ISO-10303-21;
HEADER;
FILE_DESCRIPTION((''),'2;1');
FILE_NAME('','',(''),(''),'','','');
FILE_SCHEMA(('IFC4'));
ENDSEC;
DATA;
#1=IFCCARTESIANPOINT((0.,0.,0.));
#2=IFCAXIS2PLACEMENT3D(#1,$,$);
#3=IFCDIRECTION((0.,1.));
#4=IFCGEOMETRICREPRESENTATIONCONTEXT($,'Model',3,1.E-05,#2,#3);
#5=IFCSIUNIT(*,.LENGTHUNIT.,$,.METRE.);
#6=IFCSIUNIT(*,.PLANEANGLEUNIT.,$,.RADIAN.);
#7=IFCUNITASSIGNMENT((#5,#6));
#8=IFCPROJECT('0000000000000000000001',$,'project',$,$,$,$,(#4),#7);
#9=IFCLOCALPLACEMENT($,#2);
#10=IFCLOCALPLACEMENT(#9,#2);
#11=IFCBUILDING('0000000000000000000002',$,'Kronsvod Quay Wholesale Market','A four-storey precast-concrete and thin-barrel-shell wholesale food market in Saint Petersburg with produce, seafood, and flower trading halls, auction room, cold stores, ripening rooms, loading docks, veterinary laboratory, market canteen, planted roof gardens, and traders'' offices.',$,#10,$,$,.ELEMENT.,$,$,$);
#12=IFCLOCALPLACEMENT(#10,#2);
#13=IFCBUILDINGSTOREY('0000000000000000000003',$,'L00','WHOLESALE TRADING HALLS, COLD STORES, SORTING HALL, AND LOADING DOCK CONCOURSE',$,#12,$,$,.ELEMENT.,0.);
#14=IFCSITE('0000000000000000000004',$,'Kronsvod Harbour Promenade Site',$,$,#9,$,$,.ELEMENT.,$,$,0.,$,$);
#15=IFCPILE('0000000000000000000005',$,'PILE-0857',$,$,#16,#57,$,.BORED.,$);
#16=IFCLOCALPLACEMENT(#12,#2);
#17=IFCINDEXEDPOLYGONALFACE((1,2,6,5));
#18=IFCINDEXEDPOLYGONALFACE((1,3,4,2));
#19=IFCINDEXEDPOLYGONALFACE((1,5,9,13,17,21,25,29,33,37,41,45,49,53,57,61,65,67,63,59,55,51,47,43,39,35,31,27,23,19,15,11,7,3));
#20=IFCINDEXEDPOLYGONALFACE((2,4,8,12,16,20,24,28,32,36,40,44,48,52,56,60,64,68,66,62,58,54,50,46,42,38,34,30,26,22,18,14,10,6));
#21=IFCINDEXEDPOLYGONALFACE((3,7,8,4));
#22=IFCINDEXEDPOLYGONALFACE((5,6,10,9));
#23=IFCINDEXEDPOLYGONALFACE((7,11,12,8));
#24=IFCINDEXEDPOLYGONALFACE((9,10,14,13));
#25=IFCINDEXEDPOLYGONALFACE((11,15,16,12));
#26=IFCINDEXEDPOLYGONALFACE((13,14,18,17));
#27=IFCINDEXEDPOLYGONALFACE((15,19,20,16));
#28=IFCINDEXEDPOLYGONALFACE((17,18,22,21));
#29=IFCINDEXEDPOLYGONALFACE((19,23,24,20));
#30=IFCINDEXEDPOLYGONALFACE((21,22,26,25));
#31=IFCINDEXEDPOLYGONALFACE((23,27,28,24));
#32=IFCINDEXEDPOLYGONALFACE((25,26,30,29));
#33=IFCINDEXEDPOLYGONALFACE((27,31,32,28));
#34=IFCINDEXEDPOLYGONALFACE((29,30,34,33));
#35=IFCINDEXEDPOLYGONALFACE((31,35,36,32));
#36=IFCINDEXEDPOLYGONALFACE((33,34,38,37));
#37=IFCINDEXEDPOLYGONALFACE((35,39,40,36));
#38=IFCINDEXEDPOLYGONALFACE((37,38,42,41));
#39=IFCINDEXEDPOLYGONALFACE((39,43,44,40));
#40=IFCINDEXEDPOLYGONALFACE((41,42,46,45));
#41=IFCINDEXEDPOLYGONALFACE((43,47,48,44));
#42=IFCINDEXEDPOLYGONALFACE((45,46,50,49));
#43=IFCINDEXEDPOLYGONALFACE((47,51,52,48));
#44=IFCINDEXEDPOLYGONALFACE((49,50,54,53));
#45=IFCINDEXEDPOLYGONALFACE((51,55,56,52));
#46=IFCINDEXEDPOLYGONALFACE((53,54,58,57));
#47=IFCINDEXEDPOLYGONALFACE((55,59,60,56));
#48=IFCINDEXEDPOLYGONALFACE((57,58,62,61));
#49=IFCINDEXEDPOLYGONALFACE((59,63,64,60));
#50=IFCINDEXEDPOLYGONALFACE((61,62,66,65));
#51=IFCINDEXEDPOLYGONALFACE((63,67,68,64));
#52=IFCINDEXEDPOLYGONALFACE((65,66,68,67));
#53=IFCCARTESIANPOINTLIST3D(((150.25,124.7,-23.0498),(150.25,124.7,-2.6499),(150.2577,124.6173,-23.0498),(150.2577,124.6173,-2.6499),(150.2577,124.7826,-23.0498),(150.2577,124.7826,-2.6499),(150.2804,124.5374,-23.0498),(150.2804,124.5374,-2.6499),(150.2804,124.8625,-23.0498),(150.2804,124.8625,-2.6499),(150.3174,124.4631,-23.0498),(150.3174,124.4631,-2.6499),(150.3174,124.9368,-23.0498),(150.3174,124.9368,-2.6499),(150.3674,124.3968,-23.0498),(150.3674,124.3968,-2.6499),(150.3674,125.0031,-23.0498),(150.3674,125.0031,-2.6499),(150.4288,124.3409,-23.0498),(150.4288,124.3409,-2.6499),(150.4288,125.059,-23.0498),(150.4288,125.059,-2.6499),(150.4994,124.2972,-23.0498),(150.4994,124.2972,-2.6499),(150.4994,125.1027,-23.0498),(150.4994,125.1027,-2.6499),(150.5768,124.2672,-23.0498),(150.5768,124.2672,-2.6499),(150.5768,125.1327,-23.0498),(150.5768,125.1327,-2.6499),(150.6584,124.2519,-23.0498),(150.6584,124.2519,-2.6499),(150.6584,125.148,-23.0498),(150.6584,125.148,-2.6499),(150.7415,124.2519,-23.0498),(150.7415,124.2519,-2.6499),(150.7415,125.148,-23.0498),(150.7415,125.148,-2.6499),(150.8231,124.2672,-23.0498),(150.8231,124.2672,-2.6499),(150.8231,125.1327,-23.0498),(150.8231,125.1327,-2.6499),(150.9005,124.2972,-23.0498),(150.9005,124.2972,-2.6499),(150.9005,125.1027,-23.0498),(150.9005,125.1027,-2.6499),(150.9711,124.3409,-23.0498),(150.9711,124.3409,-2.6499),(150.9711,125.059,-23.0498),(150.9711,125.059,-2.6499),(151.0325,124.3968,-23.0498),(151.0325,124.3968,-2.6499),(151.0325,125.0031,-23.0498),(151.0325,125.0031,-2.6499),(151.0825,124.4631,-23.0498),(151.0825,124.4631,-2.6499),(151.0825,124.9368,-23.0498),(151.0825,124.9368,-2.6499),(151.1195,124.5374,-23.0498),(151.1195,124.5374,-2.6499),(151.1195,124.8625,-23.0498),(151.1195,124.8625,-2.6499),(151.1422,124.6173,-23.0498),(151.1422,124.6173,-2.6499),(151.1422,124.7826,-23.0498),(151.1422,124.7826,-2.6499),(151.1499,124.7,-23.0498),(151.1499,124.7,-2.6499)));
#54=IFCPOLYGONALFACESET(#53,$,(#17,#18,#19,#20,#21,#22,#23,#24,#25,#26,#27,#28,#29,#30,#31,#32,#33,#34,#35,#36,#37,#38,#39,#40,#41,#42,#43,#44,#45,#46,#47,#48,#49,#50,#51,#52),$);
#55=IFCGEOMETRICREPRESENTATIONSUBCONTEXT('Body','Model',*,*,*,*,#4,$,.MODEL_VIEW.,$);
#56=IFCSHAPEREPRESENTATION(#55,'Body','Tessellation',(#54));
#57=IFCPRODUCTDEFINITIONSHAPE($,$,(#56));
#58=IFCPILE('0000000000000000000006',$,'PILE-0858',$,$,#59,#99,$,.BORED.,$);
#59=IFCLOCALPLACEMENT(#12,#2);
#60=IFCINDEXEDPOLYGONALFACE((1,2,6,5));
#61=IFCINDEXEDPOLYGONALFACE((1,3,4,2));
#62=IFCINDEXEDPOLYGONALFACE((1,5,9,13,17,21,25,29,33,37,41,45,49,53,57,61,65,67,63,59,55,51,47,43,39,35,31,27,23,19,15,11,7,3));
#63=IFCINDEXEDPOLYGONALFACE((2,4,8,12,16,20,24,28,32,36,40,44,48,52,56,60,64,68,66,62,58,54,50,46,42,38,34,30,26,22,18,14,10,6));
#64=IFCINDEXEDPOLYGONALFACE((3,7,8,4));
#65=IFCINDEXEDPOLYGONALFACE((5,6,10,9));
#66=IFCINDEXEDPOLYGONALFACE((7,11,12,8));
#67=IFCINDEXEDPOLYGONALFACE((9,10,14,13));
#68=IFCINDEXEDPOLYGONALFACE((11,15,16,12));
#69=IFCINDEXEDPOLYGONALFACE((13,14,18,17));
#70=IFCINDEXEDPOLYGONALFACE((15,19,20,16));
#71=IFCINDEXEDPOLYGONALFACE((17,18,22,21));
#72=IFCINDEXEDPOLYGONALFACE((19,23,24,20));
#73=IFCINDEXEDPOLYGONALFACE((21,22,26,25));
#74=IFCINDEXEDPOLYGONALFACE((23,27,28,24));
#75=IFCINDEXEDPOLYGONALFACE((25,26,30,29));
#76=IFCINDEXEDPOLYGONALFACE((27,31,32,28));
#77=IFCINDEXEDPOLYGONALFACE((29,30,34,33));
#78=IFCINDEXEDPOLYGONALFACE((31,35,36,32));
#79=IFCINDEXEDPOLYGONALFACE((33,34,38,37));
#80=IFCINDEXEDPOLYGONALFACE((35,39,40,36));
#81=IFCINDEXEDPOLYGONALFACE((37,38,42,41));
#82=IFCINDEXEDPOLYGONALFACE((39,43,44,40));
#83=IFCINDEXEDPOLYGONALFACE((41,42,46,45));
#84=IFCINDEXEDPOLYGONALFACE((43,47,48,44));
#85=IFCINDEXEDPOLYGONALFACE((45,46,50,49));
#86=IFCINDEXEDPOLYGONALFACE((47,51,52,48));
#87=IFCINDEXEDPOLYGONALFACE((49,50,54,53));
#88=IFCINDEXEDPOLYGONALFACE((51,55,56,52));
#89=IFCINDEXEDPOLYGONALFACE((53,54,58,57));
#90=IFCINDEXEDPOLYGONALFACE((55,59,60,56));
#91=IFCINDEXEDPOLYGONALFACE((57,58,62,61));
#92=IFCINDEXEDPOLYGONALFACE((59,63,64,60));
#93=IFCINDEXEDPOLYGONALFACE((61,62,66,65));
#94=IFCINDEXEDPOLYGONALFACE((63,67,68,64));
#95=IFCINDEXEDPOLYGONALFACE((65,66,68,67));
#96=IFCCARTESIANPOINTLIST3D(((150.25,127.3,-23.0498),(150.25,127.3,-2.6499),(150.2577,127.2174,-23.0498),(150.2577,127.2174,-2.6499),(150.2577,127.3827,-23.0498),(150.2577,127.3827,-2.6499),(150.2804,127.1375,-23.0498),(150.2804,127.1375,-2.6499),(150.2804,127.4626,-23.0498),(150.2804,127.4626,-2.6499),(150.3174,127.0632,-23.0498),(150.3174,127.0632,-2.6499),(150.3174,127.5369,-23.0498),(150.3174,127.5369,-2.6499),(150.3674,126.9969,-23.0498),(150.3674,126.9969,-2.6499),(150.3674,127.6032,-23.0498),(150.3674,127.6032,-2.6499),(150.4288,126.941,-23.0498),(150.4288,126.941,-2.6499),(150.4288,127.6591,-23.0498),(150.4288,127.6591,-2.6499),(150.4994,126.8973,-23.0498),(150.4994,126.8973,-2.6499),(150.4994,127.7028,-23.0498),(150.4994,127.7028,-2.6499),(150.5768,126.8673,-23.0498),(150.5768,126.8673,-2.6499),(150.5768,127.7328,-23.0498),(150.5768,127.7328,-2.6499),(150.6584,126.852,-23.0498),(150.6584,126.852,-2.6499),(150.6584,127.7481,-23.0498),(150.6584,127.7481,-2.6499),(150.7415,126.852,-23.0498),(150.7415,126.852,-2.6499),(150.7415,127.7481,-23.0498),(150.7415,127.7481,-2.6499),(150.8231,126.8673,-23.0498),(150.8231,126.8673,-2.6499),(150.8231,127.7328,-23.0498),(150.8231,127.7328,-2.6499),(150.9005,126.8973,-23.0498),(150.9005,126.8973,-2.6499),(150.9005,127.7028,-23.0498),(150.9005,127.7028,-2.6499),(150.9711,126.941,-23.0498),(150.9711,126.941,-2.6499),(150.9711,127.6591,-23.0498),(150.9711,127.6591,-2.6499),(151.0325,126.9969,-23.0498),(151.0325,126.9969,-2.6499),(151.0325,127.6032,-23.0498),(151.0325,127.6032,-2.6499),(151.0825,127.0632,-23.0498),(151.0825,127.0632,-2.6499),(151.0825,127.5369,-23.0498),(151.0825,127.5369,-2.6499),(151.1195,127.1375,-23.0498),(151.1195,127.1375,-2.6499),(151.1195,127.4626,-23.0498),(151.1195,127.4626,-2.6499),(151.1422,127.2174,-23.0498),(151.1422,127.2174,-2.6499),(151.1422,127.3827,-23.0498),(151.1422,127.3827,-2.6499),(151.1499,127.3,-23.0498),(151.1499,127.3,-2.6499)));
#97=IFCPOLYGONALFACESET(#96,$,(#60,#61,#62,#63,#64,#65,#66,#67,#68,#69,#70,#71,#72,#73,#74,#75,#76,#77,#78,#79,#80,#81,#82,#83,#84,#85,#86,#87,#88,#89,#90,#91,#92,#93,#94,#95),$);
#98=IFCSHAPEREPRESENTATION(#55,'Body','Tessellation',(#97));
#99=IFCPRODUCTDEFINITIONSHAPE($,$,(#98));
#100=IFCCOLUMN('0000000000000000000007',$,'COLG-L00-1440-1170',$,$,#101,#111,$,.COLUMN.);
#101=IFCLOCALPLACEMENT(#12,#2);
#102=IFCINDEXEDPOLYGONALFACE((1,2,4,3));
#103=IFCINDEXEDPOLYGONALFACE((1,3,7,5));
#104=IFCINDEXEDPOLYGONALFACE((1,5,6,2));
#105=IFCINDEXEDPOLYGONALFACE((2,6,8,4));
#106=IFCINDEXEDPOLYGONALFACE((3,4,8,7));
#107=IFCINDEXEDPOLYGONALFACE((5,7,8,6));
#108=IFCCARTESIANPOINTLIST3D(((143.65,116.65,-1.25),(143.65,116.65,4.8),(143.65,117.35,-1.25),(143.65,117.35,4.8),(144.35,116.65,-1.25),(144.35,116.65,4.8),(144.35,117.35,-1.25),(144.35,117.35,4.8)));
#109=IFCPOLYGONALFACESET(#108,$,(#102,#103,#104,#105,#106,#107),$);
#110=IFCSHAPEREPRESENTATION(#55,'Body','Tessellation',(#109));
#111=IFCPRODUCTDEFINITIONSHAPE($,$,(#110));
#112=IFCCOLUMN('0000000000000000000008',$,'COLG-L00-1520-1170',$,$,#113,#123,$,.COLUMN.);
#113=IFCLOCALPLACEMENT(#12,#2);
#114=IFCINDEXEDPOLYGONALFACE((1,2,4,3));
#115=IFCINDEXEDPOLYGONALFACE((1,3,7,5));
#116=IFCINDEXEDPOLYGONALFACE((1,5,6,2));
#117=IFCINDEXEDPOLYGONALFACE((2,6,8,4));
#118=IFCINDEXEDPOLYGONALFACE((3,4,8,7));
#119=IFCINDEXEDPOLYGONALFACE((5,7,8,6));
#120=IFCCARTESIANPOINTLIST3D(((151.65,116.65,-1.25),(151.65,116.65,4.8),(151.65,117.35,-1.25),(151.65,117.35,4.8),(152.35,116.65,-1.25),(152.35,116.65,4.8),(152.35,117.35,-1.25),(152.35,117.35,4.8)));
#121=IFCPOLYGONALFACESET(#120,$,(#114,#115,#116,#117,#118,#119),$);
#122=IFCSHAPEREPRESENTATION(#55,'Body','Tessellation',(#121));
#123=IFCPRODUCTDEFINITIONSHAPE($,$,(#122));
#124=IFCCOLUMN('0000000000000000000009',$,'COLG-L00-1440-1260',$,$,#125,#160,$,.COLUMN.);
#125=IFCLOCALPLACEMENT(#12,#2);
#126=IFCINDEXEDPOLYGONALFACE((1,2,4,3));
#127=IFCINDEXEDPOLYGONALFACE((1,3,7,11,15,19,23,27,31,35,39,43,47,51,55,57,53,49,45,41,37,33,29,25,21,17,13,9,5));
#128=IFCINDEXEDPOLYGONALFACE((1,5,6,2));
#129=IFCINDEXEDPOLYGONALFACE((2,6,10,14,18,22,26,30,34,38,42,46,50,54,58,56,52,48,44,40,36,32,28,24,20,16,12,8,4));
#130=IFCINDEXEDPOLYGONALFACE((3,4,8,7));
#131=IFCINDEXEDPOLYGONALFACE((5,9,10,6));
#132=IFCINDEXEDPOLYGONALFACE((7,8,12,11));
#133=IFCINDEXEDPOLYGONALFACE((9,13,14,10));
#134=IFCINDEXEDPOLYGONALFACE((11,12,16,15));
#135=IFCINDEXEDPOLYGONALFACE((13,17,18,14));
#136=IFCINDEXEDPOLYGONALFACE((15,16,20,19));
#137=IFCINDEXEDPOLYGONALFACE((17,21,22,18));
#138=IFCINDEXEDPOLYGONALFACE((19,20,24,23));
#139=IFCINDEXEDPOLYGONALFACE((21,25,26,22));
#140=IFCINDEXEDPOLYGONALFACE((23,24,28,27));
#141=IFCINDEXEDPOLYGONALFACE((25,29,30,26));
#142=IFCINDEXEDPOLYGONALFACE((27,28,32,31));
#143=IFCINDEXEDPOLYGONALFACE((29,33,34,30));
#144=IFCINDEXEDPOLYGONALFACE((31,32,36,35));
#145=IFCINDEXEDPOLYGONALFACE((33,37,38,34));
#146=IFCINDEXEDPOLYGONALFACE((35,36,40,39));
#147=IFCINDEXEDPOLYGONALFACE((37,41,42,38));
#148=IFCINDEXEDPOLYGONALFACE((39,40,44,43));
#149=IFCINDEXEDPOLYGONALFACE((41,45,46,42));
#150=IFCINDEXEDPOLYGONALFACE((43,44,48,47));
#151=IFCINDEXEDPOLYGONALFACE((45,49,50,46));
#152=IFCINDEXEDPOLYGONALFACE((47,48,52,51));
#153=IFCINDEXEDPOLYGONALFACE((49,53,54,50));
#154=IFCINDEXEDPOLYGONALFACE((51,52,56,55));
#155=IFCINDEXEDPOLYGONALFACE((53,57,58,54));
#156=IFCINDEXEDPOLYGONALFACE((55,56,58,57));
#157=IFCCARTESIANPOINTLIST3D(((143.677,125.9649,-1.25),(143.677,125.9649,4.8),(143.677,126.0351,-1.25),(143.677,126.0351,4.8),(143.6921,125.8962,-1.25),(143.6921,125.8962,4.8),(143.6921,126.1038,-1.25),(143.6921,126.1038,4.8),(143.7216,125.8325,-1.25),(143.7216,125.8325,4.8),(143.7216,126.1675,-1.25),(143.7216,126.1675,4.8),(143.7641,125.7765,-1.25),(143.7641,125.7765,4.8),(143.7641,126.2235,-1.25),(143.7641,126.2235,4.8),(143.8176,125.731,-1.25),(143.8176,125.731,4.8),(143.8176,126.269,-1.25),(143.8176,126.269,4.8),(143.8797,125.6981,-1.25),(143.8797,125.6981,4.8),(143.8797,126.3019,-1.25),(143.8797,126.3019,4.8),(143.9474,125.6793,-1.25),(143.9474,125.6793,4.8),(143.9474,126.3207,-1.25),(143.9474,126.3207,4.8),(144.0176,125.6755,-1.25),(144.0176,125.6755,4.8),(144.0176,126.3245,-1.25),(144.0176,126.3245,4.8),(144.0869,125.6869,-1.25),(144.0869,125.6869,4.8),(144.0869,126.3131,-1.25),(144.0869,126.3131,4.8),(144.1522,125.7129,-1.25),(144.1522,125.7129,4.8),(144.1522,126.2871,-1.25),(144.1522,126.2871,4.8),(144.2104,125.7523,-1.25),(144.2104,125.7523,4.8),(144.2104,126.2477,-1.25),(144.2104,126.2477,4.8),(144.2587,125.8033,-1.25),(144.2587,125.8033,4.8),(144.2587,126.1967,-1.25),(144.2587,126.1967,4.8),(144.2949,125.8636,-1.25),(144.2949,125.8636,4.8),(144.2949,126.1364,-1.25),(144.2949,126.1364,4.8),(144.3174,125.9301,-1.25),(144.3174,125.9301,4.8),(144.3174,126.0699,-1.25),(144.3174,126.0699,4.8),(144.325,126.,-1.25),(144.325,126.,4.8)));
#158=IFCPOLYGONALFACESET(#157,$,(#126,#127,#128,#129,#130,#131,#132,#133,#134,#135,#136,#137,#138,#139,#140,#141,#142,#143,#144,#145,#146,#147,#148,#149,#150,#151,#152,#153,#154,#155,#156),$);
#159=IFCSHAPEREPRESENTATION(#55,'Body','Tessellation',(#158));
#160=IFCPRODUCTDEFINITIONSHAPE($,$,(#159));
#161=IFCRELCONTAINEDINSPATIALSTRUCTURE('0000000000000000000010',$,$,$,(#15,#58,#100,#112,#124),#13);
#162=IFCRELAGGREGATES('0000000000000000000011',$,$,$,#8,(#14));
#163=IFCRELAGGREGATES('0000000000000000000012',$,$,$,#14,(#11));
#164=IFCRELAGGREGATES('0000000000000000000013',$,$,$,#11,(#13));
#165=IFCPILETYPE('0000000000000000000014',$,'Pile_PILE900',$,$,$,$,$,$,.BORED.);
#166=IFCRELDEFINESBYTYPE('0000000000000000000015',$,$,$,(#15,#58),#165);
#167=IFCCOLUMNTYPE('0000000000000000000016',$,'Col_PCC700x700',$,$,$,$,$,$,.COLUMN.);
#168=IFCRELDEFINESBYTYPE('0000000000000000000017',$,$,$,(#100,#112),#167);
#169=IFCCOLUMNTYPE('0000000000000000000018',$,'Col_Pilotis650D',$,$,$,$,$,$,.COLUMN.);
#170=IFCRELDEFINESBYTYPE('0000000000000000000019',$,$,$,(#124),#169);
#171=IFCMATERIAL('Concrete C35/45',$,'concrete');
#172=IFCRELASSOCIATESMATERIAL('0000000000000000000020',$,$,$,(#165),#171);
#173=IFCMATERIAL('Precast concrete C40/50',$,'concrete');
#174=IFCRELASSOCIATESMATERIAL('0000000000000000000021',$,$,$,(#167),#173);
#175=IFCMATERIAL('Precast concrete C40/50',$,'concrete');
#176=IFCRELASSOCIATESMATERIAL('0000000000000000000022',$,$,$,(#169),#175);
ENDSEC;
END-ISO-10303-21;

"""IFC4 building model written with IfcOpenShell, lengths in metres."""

from ifc_helpers import new_model, si_unit, direction, frame, origin, origin_2d, place, context, subcontext, project, spatial, rectangle, circle, extrude, material, material_profile, profile_set, type_object, element, save


model = new_model("IFC4")

# Units and contexts
model_context = context("Model", 3, precision=1e-05, world=origin(), true_north=direction((0.0, 1.0)))
body_context = subcontext(model_context, "Body", "Model", "MODEL_VIEW")
ifc_project = project(units=[si_unit("LENGTHUNIT", "METRE"), si_unit("PLANEANGLEUNIT", "RADIAN")], contexts=[model_context])

# Site, building, storey
site_placement = place(None, origin())
site = spatial("IfcSite", under=ifc_project, at=site_placement, Name="Kronsvod Harbour Promenade Site", CompositionType="ELEMENT", RefElevation=0.0)
building_placement = place(site_placement, origin())
building = spatial("IfcBuilding", under=site, at=building_placement, Name="Kronsvod Quay Wholesale Market", Description="A four-storey precast-concrete and thin-barrel-shell wholesale food market in Saint Petersburg with produce, seafood, and flower trading halls, auction room, cold stores, ripening rooms, loading docks, veterinary laboratory, market canteen, planted roof gardens, and traders' offices.", CompositionType="ELEMENT")
storey_placement = place(building_placement, origin())
storey = spatial("IfcBuildingStorey", under=building, at=storey_placement, Name="L00", Description="WHOLESALE TRADING HALLS, COLD STORES, SORTING HALL, AND LOADING DOCK CONCOURSE", CompositionType="ELEMENT", Elevation=0.0)

# Piles
ifc_material_1 = material(Name="Concrete C35/45", Category="concrete")
ifc_material_profile_1 = material_profile(ifc_material_1, circle(Radius=0.45, at=origin_2d()), Name="PILE900")
ifc_profile_set_1 = profile_set([ifc_material_profile_1], Name="Concrete C35/45")
pile_type = type_object("IfcPileType", Name="Pile_PILE900", PredefinedType="BORED", material=ifc_profile_set_1)
for number, where, z_axis, x_axis, name in (
    (1, (150.7, 124.7, -2.6499), (0.0, 0.0, -1.0), (1.0, 0.0, 0.0), "PILE-0857"),
    (2, (150.7, 127.3, -2.6499), (0.0, 0.0, -1.0), (1.0, 0.0, 0.0), "PILE-0858"),
):
    element("IfcPile", number, at=place(storey_placement, frame(where, z_axis=z_axis, x_axis=x_axis)), inside=storey, type_object=pile_type, Name=name, PredefinedType="BORED", context=body_context, shape_type="SweptSolid", body=[
        extrude(circle(Radius=0.45, at=origin_2d()), origin(), (0.0, 0.0, 1.0), 20.3999),
    ])

# Columns
ifc_material_2 = material(Name="Precast concrete C40/50", Category="concrete")
ifc_material_profile_2 = material_profile(ifc_material_2, rectangle(XDim=0.7, YDim=0.7, at=origin_2d()), Name="PCC700x700")
ifc_profile_set_2 = profile_set([ifc_material_profile_2], Name="Precast concrete C40/50")
column_type_1 = type_object("IfcColumnType", Name="Col_PCC700x700", PredefinedType="COLUMN", material=ifc_profile_set_2)
for number, where, z_axis, x_axis, name in (
    (3, (144.0, 117.0, -1.25), (0.0, 0.0, 1.0), (1.0, 0.0, 0.0), "COLG-L00-1440-1170"),
    (4, (152.0, 117.0, -1.25), (0.0, 0.0, 1.0), (1.0, 0.0, 0.0), "COLG-L00-1520-1170"),
):
    element("IfcColumn", number, at=place(storey_placement, frame(where, z_axis=z_axis, x_axis=x_axis)), inside=storey, type_object=column_type_1, Name=name, PredefinedType="COLUMN", context=body_context, shape_type="SweptSolid", body=[
        extrude(rectangle(XDim=0.7, YDim=0.7, at=origin_2d()), origin(), (0.0, 0.0, 1.0), 6.05),
    ])
ifc_material_3 = material(Name="Precast concrete C40/50", Category="concrete")
ifc_material_profile_3 = material_profile(ifc_material_3, circle(Radius=0.325, at=origin_2d()), Name="PCPIL650D")
ifc_profile_set_3 = profile_set([ifc_material_profile_3], Name="Precast concrete C40/50")
column_type_2 = type_object("IfcColumnType", Name="Col_Pilotis650D", PredefinedType="COLUMN", material=ifc_profile_set_3)
column_1_placement = place(storey_placement, frame((144.0, 126.0, -1.25), z_axis=(0.0, 0.0, 1.0), x_axis=(1.0, 0.0, 0.0)))
element("IfcColumn", 5, at=column_1_placement, inside=storey, type_object=column_type_2, Name="COLG-L00-1440-1260", PredefinedType="COLUMN", context=body_context, shape_type="SweptSolid", body=[
    extrude(circle(Radius=0.325, at=origin_2d()), origin(), (0.0, 0.0, 1.0), 6.05),
])

save(model, "model.ifc")
